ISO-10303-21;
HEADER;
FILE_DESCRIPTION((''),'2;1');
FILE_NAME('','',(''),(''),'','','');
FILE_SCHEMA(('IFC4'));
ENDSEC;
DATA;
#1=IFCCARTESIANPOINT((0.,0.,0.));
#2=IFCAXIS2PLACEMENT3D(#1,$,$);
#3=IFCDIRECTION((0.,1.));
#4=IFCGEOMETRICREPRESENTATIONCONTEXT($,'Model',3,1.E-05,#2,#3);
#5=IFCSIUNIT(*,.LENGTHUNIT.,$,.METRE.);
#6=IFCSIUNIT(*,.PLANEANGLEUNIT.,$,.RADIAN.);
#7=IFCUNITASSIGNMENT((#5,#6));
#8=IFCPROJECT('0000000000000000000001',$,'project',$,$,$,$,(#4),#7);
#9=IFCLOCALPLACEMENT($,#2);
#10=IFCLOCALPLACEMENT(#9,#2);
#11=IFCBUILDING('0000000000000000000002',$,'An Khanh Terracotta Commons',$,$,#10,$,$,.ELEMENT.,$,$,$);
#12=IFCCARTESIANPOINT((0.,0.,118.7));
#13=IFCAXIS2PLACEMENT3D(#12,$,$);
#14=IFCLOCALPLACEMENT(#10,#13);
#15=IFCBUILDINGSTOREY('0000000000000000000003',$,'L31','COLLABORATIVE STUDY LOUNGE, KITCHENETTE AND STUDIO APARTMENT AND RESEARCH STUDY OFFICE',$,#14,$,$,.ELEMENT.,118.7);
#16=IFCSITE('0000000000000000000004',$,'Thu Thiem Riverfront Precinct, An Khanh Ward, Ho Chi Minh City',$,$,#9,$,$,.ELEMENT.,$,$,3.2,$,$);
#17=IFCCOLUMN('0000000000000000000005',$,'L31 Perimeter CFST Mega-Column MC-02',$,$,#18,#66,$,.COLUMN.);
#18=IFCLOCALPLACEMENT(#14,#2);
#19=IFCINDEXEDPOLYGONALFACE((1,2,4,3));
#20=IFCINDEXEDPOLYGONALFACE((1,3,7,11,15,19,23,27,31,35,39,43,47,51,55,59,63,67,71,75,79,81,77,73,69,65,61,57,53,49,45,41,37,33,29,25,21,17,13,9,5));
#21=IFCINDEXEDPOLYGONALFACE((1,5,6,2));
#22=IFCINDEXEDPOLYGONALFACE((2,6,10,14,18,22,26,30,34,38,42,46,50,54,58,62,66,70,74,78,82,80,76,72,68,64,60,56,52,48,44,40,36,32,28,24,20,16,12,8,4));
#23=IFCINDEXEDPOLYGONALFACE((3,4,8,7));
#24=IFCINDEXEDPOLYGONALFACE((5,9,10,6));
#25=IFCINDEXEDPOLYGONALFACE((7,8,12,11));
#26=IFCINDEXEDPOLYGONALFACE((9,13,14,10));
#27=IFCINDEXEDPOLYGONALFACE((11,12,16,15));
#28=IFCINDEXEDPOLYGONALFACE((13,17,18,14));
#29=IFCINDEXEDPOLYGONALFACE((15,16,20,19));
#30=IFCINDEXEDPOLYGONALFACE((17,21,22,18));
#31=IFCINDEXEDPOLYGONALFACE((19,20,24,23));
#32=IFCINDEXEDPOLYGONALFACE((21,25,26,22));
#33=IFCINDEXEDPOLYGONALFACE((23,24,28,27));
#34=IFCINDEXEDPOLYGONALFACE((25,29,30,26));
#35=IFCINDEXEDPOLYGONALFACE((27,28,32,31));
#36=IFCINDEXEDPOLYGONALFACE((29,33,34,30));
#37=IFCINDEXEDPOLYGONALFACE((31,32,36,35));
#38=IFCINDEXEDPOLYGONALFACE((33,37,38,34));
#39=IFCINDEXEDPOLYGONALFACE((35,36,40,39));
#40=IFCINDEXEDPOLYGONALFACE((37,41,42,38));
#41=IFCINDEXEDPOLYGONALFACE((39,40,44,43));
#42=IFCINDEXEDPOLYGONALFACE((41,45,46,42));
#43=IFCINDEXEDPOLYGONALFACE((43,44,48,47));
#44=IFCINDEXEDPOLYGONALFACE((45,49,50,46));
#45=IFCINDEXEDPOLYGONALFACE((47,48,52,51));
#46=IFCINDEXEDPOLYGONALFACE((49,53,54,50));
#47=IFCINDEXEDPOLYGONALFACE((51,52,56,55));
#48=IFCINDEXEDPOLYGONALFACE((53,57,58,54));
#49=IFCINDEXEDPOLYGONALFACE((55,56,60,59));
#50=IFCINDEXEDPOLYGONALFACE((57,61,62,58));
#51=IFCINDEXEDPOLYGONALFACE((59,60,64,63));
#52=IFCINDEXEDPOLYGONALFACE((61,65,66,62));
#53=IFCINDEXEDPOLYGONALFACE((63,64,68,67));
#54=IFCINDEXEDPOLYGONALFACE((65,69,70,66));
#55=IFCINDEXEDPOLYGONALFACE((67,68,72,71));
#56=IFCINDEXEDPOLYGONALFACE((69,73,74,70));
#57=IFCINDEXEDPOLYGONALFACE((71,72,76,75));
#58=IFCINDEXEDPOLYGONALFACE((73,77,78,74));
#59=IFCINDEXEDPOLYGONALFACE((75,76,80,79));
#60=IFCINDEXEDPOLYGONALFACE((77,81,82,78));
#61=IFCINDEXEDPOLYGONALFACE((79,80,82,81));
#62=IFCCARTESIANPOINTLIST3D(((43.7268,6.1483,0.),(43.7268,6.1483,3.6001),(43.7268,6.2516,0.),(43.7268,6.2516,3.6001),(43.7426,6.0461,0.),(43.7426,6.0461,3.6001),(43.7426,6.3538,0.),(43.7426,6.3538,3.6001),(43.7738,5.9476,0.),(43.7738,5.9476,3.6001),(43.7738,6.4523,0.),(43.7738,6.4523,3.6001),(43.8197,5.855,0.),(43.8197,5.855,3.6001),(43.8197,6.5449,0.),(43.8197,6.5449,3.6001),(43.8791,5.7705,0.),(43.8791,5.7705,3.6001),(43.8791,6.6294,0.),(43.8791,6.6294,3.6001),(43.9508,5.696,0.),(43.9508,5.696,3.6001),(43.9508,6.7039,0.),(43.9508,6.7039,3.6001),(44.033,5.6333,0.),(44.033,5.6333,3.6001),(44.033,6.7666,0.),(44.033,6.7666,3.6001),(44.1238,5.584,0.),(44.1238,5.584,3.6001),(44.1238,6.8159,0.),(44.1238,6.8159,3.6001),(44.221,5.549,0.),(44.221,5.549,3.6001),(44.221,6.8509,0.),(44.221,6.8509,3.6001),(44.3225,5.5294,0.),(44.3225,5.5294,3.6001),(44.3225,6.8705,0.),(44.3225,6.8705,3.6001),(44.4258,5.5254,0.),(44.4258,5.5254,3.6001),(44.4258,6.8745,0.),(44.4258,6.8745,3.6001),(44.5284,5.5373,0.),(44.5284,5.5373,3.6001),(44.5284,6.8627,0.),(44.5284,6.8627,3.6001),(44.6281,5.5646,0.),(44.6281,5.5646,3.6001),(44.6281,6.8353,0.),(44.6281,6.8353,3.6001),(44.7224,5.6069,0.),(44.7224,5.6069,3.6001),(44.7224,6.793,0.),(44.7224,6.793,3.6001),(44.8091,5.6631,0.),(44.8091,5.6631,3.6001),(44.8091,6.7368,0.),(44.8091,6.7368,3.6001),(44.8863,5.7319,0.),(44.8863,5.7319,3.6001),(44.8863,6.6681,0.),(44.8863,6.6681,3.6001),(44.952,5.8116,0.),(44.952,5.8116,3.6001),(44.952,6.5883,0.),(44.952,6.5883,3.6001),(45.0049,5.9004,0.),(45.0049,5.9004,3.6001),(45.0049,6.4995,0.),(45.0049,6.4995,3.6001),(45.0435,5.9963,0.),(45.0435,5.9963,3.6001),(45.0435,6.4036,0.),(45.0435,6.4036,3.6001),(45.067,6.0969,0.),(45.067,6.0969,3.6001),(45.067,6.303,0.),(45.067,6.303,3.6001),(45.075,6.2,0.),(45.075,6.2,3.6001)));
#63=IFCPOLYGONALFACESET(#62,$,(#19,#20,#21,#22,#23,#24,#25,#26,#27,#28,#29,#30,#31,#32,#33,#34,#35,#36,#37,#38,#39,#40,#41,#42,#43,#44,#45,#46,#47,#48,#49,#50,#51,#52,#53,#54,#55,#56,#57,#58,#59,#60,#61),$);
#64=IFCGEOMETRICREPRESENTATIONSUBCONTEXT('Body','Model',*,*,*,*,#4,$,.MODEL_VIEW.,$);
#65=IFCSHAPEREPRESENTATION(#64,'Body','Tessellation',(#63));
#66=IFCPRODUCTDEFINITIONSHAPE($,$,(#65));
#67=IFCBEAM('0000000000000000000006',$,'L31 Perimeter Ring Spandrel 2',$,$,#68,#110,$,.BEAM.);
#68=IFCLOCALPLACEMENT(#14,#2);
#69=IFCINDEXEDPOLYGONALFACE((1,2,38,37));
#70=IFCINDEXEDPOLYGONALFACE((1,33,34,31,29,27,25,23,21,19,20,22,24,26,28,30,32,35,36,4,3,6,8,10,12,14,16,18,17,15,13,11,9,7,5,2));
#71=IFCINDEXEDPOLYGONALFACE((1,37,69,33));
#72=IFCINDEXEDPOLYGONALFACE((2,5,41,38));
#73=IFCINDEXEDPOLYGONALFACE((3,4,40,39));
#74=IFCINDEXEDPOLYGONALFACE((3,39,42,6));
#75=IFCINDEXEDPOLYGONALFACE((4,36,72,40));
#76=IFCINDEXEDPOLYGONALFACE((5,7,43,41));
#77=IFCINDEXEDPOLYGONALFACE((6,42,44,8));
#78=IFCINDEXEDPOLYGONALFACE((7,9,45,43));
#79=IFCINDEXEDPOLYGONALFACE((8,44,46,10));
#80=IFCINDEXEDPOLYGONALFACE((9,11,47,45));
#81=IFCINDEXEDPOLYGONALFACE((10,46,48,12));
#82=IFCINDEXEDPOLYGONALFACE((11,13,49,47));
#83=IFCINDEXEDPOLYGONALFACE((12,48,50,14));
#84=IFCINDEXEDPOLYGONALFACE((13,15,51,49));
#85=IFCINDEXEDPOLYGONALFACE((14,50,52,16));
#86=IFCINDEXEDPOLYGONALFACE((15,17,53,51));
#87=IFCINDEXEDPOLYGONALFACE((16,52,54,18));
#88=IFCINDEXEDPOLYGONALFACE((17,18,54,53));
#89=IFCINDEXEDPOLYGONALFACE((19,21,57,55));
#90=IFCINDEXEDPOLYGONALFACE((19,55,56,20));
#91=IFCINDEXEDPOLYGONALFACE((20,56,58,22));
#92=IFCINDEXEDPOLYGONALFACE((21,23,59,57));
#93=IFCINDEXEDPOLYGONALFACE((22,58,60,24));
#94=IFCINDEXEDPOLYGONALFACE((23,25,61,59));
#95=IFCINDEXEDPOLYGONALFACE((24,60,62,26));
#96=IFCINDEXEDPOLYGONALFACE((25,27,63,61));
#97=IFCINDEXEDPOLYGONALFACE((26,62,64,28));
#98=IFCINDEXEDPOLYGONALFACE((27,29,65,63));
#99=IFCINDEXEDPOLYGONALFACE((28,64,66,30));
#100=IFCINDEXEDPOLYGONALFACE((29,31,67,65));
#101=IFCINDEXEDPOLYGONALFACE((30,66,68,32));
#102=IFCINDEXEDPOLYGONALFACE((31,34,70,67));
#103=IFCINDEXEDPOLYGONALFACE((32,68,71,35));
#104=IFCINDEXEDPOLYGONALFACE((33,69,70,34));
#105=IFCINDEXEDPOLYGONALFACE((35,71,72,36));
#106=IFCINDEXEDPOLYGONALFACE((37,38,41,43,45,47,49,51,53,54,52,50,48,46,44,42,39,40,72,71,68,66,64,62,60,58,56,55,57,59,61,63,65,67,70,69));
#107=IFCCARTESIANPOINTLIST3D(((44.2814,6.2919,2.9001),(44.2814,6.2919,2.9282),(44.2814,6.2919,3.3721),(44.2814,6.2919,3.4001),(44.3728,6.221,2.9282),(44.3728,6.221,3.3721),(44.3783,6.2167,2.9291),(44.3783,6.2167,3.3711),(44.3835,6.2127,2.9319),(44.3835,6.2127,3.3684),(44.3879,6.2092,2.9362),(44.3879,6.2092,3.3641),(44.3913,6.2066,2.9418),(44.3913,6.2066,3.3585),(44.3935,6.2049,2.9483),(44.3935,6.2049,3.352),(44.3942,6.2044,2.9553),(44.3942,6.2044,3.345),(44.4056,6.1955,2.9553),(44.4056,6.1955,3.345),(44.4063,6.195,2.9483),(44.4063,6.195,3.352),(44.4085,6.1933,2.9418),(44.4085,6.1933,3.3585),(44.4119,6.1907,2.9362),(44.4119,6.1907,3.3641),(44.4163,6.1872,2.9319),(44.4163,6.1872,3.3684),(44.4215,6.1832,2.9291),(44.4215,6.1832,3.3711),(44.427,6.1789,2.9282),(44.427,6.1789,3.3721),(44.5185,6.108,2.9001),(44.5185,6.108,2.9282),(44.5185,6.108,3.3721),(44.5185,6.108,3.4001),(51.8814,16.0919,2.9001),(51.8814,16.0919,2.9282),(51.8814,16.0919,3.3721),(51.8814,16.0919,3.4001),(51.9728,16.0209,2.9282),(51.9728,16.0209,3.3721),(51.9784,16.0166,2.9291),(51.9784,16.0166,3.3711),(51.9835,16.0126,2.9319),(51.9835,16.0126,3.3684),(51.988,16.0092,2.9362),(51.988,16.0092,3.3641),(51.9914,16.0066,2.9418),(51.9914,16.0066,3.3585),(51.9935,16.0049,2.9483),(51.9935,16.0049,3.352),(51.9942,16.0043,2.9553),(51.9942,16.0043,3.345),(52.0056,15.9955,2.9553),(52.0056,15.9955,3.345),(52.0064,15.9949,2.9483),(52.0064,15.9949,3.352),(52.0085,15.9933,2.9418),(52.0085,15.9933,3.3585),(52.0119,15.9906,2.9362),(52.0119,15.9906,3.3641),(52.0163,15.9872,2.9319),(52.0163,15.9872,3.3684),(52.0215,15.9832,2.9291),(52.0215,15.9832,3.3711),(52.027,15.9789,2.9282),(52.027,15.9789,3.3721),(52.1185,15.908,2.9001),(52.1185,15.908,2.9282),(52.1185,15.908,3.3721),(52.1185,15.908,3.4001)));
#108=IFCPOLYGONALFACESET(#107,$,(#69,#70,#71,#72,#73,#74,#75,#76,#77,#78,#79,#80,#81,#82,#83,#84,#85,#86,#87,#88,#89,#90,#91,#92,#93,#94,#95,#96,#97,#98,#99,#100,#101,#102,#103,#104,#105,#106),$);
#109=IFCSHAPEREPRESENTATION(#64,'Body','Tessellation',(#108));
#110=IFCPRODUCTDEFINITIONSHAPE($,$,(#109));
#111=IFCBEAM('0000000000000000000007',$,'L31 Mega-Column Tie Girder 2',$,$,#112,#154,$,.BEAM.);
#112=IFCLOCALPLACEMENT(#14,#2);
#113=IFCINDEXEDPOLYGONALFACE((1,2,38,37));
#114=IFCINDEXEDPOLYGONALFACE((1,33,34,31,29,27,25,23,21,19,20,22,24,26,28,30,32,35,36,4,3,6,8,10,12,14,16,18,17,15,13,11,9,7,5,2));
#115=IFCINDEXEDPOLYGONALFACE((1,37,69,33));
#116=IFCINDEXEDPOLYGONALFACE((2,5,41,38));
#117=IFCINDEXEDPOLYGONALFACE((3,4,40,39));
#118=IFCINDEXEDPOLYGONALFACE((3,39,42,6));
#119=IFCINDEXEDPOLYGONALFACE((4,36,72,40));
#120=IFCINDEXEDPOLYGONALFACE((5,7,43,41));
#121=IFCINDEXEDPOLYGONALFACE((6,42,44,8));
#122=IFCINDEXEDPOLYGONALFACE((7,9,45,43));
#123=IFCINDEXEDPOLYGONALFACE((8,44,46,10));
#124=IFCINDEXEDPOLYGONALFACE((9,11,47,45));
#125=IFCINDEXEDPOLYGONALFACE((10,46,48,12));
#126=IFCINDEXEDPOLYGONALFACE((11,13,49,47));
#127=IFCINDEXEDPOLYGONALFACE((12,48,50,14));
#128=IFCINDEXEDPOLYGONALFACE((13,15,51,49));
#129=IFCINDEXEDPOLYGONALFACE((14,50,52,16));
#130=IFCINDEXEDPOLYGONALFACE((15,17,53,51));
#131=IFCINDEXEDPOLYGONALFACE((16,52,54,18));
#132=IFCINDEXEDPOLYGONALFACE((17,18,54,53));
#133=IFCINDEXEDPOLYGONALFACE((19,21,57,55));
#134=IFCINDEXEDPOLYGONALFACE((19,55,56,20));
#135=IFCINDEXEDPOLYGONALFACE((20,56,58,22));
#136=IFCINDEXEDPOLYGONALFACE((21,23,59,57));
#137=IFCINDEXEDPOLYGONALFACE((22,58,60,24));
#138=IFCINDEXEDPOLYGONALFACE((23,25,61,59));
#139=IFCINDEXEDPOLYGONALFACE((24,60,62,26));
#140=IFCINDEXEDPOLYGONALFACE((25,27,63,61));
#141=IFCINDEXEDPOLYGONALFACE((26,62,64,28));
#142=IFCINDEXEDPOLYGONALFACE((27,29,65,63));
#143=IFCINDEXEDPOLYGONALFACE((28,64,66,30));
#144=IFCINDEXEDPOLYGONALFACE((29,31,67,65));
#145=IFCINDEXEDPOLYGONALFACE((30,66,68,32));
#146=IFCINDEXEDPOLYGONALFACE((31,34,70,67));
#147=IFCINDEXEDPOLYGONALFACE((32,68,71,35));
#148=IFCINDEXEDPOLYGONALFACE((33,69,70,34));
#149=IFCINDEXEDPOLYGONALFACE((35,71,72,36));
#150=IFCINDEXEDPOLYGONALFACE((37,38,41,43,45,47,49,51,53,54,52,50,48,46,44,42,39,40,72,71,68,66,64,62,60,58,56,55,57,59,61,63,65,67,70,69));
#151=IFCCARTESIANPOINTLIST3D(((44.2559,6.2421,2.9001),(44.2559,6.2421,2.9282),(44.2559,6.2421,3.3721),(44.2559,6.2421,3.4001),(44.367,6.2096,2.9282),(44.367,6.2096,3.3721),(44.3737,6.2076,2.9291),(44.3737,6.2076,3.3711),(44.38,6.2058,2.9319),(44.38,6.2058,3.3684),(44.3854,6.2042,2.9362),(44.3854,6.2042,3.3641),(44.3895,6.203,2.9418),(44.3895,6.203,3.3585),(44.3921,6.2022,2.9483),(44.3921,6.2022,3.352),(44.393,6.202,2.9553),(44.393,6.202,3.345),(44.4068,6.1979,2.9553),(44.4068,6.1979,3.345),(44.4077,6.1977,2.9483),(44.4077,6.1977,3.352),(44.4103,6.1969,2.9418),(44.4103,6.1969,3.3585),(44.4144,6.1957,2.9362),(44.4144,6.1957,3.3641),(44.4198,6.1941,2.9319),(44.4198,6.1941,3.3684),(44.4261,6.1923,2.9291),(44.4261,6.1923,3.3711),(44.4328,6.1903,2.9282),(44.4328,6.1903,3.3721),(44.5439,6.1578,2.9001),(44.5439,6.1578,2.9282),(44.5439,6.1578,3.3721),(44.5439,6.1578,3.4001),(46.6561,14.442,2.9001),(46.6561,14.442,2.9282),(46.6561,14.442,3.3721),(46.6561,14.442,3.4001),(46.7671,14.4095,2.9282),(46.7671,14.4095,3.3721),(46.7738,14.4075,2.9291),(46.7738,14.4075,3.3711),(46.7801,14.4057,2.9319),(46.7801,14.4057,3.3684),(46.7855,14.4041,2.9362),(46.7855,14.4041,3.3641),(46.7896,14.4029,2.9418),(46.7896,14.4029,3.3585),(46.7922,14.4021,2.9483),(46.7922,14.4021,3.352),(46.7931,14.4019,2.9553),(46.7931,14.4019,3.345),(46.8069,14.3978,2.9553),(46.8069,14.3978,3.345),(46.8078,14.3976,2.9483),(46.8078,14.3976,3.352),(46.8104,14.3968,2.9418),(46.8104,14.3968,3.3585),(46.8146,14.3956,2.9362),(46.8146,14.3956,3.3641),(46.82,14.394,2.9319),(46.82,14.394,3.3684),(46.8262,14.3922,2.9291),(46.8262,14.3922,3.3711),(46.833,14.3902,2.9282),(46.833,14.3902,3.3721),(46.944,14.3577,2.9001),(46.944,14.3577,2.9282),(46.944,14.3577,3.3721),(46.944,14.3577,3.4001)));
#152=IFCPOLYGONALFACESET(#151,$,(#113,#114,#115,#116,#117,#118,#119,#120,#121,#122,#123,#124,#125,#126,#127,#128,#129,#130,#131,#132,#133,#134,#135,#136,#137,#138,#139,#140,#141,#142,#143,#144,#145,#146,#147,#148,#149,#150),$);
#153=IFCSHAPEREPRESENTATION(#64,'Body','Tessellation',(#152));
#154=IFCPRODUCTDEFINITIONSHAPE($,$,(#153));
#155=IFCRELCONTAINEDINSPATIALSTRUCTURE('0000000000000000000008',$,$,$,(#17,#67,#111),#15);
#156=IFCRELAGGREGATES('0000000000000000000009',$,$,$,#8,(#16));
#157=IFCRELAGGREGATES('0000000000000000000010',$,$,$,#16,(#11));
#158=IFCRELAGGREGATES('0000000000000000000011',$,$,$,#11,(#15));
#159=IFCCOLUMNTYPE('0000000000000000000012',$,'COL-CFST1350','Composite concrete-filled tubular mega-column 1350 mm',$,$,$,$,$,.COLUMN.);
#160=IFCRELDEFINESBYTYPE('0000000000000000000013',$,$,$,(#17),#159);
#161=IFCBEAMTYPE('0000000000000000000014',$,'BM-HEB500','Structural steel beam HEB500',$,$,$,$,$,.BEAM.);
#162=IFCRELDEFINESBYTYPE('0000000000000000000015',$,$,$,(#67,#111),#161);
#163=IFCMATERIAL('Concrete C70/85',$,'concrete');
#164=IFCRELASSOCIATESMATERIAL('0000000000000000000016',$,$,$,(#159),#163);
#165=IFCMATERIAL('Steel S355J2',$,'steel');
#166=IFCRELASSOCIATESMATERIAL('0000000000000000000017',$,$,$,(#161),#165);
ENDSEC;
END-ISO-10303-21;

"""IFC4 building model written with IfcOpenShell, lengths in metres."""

from ifc_helpers import new_model, si_unit, direction, frame, origin, origin_2d, place, context, subcontext, project, spatial, circle, i_section, extrude, material, material_profile, profile_set, type_object, element, save


model = new_model("IFC4")

# Units and contexts
model_context = context("Model", 3, precision=1e-05, world=origin(), true_north=direction((0.0, 1.0)))
body_context = subcontext(model_context, "Body", "Model", "MODEL_VIEW")
ifc_project = project(units=[si_unit("LENGTHUNIT", "METRE"), si_unit("PLANEANGLEUNIT", "RADIAN")], contexts=[model_context])

# Site, building, storey
site_placement = place(None, origin())
site = spatial("IfcSite", under=ifc_project, at=site_placement, Name="Thu Thiem Riverfront Precinct, An Khanh Ward, Ho Chi Minh City", CompositionType="ELEMENT", RefElevation=3.2)
building_placement = place(site_placement, origin())
building = spatial("IfcBuilding", under=site, at=building_placement, Name="An Khanh Terracotta Commons", CompositionType="ELEMENT")
storey_placement = place(building_placement, frame((0.0, 0.0, 118.7)))
storey = spatial("IfcBuildingStorey", under=building, at=storey_placement, Name="L31", Description="COLLABORATIVE STUDY LOUNGE, KITCHENETTE AND STUDIO APARTMENT AND RESEARCH STUDY OFFICE", CompositionType="ELEMENT", Elevation=118.7)

# Column
ifc_material_1 = material(Name="Concrete C70/85", Category="concrete")
ifc_material_profile_1 = material_profile(ifc_material_1, circle(Radius=0.675, at=origin_2d()), Name="CFST1350")
ifc_profile_set_1 = profile_set([ifc_material_profile_1], Name="Concrete C70/85")
column_type = type_object("IfcColumnType", Name="COL-CFST1350", Description="Composite concrete-filled tubular mega-column 1350 mm", PredefinedType="COLUMN", material=ifc_profile_set_1)
column_placement = place(storey_placement, frame((44.3999, 6.2, 0.0), z_axis=(0.0, 0.0, 1.0), x_axis=(1.0, 0.0, 0.0)))
element("IfcColumn", 1, at=column_placement, inside=storey, type_object=column_type, Name="L31 Perimeter CFST Mega-Column MC-02", PredefinedType="COLUMN", context=body_context, shape_type="SweptSolid", body=[
    extrude(circle(Radius=0.675, at=origin_2d()), origin(), (0.0, 0.0, 1.0), 3.6001),
])

# Beams
ifc_material_2 = material(Name="Steel S355J2", Category="steel")
ifc_material_profile_2 = material_profile(ifc_material_2, i_section(OverallWidth=0.3, OverallDepth=0.5, WebThickness=0.0144, FlangeThickness=0.0281, FilletRadius=0.0271, at=origin_2d()), Name="HEB500")
ifc_profile_set_2 = profile_set([ifc_material_profile_2], Name="Steel S355J2")
beam_type = type_object("IfcBeamType", Name="BM-HEB500", Description="Structural steel beam HEB500", PredefinedType="BEAM", material=ifc_profile_set_2)
beam_1_placement = place(storey_placement, frame((44.3999, 6.2, 3.1501), z_axis=(0.612827, 0.790217, 0.0), x_axis=(-0.790217, 0.612827, 0.0)))
element("IfcBeam", 2, at=beam_1_placement, inside=storey, type_object=beam_type, Name="L31 Perimeter Ring Spandrel 2", PredefinedType="BEAM", context=body_context, shape_type="SweptSolid", body=[
    extrude(i_section(OverallWidth=0.3, OverallDepth=0.5, WebThickness=0.0144, FlangeThickness=0.0281, FilletRadius=0.0271, at=origin_2d()), origin(), (0.0, 0.0, 1.0), 12.4016),
])
beam_2_placement = place(storey_placement, frame((44.3999, 6.2, 3.1501), z_axis=(0.280916, 0.959732, 0.0), x_axis=(-0.959732, 0.280916, 0.0)))
element("IfcBeam", 3, at=beam_2_placement, inside=storey, type_object=beam_type, Name="L31 Mega-Column Tie Girder 2", PredefinedType="BEAM", context=body_context, shape_type="SweptSolid", body=[
    extrude(i_section(OverallWidth=0.3, OverallDepth=0.5, WebThickness=0.0144, FlangeThickness=0.0281, FilletRadius=0.0271, at=origin_2d()), origin(), (0.0, 0.0, 1.0), 8.5439),
])

save(model, "model.ifc")
